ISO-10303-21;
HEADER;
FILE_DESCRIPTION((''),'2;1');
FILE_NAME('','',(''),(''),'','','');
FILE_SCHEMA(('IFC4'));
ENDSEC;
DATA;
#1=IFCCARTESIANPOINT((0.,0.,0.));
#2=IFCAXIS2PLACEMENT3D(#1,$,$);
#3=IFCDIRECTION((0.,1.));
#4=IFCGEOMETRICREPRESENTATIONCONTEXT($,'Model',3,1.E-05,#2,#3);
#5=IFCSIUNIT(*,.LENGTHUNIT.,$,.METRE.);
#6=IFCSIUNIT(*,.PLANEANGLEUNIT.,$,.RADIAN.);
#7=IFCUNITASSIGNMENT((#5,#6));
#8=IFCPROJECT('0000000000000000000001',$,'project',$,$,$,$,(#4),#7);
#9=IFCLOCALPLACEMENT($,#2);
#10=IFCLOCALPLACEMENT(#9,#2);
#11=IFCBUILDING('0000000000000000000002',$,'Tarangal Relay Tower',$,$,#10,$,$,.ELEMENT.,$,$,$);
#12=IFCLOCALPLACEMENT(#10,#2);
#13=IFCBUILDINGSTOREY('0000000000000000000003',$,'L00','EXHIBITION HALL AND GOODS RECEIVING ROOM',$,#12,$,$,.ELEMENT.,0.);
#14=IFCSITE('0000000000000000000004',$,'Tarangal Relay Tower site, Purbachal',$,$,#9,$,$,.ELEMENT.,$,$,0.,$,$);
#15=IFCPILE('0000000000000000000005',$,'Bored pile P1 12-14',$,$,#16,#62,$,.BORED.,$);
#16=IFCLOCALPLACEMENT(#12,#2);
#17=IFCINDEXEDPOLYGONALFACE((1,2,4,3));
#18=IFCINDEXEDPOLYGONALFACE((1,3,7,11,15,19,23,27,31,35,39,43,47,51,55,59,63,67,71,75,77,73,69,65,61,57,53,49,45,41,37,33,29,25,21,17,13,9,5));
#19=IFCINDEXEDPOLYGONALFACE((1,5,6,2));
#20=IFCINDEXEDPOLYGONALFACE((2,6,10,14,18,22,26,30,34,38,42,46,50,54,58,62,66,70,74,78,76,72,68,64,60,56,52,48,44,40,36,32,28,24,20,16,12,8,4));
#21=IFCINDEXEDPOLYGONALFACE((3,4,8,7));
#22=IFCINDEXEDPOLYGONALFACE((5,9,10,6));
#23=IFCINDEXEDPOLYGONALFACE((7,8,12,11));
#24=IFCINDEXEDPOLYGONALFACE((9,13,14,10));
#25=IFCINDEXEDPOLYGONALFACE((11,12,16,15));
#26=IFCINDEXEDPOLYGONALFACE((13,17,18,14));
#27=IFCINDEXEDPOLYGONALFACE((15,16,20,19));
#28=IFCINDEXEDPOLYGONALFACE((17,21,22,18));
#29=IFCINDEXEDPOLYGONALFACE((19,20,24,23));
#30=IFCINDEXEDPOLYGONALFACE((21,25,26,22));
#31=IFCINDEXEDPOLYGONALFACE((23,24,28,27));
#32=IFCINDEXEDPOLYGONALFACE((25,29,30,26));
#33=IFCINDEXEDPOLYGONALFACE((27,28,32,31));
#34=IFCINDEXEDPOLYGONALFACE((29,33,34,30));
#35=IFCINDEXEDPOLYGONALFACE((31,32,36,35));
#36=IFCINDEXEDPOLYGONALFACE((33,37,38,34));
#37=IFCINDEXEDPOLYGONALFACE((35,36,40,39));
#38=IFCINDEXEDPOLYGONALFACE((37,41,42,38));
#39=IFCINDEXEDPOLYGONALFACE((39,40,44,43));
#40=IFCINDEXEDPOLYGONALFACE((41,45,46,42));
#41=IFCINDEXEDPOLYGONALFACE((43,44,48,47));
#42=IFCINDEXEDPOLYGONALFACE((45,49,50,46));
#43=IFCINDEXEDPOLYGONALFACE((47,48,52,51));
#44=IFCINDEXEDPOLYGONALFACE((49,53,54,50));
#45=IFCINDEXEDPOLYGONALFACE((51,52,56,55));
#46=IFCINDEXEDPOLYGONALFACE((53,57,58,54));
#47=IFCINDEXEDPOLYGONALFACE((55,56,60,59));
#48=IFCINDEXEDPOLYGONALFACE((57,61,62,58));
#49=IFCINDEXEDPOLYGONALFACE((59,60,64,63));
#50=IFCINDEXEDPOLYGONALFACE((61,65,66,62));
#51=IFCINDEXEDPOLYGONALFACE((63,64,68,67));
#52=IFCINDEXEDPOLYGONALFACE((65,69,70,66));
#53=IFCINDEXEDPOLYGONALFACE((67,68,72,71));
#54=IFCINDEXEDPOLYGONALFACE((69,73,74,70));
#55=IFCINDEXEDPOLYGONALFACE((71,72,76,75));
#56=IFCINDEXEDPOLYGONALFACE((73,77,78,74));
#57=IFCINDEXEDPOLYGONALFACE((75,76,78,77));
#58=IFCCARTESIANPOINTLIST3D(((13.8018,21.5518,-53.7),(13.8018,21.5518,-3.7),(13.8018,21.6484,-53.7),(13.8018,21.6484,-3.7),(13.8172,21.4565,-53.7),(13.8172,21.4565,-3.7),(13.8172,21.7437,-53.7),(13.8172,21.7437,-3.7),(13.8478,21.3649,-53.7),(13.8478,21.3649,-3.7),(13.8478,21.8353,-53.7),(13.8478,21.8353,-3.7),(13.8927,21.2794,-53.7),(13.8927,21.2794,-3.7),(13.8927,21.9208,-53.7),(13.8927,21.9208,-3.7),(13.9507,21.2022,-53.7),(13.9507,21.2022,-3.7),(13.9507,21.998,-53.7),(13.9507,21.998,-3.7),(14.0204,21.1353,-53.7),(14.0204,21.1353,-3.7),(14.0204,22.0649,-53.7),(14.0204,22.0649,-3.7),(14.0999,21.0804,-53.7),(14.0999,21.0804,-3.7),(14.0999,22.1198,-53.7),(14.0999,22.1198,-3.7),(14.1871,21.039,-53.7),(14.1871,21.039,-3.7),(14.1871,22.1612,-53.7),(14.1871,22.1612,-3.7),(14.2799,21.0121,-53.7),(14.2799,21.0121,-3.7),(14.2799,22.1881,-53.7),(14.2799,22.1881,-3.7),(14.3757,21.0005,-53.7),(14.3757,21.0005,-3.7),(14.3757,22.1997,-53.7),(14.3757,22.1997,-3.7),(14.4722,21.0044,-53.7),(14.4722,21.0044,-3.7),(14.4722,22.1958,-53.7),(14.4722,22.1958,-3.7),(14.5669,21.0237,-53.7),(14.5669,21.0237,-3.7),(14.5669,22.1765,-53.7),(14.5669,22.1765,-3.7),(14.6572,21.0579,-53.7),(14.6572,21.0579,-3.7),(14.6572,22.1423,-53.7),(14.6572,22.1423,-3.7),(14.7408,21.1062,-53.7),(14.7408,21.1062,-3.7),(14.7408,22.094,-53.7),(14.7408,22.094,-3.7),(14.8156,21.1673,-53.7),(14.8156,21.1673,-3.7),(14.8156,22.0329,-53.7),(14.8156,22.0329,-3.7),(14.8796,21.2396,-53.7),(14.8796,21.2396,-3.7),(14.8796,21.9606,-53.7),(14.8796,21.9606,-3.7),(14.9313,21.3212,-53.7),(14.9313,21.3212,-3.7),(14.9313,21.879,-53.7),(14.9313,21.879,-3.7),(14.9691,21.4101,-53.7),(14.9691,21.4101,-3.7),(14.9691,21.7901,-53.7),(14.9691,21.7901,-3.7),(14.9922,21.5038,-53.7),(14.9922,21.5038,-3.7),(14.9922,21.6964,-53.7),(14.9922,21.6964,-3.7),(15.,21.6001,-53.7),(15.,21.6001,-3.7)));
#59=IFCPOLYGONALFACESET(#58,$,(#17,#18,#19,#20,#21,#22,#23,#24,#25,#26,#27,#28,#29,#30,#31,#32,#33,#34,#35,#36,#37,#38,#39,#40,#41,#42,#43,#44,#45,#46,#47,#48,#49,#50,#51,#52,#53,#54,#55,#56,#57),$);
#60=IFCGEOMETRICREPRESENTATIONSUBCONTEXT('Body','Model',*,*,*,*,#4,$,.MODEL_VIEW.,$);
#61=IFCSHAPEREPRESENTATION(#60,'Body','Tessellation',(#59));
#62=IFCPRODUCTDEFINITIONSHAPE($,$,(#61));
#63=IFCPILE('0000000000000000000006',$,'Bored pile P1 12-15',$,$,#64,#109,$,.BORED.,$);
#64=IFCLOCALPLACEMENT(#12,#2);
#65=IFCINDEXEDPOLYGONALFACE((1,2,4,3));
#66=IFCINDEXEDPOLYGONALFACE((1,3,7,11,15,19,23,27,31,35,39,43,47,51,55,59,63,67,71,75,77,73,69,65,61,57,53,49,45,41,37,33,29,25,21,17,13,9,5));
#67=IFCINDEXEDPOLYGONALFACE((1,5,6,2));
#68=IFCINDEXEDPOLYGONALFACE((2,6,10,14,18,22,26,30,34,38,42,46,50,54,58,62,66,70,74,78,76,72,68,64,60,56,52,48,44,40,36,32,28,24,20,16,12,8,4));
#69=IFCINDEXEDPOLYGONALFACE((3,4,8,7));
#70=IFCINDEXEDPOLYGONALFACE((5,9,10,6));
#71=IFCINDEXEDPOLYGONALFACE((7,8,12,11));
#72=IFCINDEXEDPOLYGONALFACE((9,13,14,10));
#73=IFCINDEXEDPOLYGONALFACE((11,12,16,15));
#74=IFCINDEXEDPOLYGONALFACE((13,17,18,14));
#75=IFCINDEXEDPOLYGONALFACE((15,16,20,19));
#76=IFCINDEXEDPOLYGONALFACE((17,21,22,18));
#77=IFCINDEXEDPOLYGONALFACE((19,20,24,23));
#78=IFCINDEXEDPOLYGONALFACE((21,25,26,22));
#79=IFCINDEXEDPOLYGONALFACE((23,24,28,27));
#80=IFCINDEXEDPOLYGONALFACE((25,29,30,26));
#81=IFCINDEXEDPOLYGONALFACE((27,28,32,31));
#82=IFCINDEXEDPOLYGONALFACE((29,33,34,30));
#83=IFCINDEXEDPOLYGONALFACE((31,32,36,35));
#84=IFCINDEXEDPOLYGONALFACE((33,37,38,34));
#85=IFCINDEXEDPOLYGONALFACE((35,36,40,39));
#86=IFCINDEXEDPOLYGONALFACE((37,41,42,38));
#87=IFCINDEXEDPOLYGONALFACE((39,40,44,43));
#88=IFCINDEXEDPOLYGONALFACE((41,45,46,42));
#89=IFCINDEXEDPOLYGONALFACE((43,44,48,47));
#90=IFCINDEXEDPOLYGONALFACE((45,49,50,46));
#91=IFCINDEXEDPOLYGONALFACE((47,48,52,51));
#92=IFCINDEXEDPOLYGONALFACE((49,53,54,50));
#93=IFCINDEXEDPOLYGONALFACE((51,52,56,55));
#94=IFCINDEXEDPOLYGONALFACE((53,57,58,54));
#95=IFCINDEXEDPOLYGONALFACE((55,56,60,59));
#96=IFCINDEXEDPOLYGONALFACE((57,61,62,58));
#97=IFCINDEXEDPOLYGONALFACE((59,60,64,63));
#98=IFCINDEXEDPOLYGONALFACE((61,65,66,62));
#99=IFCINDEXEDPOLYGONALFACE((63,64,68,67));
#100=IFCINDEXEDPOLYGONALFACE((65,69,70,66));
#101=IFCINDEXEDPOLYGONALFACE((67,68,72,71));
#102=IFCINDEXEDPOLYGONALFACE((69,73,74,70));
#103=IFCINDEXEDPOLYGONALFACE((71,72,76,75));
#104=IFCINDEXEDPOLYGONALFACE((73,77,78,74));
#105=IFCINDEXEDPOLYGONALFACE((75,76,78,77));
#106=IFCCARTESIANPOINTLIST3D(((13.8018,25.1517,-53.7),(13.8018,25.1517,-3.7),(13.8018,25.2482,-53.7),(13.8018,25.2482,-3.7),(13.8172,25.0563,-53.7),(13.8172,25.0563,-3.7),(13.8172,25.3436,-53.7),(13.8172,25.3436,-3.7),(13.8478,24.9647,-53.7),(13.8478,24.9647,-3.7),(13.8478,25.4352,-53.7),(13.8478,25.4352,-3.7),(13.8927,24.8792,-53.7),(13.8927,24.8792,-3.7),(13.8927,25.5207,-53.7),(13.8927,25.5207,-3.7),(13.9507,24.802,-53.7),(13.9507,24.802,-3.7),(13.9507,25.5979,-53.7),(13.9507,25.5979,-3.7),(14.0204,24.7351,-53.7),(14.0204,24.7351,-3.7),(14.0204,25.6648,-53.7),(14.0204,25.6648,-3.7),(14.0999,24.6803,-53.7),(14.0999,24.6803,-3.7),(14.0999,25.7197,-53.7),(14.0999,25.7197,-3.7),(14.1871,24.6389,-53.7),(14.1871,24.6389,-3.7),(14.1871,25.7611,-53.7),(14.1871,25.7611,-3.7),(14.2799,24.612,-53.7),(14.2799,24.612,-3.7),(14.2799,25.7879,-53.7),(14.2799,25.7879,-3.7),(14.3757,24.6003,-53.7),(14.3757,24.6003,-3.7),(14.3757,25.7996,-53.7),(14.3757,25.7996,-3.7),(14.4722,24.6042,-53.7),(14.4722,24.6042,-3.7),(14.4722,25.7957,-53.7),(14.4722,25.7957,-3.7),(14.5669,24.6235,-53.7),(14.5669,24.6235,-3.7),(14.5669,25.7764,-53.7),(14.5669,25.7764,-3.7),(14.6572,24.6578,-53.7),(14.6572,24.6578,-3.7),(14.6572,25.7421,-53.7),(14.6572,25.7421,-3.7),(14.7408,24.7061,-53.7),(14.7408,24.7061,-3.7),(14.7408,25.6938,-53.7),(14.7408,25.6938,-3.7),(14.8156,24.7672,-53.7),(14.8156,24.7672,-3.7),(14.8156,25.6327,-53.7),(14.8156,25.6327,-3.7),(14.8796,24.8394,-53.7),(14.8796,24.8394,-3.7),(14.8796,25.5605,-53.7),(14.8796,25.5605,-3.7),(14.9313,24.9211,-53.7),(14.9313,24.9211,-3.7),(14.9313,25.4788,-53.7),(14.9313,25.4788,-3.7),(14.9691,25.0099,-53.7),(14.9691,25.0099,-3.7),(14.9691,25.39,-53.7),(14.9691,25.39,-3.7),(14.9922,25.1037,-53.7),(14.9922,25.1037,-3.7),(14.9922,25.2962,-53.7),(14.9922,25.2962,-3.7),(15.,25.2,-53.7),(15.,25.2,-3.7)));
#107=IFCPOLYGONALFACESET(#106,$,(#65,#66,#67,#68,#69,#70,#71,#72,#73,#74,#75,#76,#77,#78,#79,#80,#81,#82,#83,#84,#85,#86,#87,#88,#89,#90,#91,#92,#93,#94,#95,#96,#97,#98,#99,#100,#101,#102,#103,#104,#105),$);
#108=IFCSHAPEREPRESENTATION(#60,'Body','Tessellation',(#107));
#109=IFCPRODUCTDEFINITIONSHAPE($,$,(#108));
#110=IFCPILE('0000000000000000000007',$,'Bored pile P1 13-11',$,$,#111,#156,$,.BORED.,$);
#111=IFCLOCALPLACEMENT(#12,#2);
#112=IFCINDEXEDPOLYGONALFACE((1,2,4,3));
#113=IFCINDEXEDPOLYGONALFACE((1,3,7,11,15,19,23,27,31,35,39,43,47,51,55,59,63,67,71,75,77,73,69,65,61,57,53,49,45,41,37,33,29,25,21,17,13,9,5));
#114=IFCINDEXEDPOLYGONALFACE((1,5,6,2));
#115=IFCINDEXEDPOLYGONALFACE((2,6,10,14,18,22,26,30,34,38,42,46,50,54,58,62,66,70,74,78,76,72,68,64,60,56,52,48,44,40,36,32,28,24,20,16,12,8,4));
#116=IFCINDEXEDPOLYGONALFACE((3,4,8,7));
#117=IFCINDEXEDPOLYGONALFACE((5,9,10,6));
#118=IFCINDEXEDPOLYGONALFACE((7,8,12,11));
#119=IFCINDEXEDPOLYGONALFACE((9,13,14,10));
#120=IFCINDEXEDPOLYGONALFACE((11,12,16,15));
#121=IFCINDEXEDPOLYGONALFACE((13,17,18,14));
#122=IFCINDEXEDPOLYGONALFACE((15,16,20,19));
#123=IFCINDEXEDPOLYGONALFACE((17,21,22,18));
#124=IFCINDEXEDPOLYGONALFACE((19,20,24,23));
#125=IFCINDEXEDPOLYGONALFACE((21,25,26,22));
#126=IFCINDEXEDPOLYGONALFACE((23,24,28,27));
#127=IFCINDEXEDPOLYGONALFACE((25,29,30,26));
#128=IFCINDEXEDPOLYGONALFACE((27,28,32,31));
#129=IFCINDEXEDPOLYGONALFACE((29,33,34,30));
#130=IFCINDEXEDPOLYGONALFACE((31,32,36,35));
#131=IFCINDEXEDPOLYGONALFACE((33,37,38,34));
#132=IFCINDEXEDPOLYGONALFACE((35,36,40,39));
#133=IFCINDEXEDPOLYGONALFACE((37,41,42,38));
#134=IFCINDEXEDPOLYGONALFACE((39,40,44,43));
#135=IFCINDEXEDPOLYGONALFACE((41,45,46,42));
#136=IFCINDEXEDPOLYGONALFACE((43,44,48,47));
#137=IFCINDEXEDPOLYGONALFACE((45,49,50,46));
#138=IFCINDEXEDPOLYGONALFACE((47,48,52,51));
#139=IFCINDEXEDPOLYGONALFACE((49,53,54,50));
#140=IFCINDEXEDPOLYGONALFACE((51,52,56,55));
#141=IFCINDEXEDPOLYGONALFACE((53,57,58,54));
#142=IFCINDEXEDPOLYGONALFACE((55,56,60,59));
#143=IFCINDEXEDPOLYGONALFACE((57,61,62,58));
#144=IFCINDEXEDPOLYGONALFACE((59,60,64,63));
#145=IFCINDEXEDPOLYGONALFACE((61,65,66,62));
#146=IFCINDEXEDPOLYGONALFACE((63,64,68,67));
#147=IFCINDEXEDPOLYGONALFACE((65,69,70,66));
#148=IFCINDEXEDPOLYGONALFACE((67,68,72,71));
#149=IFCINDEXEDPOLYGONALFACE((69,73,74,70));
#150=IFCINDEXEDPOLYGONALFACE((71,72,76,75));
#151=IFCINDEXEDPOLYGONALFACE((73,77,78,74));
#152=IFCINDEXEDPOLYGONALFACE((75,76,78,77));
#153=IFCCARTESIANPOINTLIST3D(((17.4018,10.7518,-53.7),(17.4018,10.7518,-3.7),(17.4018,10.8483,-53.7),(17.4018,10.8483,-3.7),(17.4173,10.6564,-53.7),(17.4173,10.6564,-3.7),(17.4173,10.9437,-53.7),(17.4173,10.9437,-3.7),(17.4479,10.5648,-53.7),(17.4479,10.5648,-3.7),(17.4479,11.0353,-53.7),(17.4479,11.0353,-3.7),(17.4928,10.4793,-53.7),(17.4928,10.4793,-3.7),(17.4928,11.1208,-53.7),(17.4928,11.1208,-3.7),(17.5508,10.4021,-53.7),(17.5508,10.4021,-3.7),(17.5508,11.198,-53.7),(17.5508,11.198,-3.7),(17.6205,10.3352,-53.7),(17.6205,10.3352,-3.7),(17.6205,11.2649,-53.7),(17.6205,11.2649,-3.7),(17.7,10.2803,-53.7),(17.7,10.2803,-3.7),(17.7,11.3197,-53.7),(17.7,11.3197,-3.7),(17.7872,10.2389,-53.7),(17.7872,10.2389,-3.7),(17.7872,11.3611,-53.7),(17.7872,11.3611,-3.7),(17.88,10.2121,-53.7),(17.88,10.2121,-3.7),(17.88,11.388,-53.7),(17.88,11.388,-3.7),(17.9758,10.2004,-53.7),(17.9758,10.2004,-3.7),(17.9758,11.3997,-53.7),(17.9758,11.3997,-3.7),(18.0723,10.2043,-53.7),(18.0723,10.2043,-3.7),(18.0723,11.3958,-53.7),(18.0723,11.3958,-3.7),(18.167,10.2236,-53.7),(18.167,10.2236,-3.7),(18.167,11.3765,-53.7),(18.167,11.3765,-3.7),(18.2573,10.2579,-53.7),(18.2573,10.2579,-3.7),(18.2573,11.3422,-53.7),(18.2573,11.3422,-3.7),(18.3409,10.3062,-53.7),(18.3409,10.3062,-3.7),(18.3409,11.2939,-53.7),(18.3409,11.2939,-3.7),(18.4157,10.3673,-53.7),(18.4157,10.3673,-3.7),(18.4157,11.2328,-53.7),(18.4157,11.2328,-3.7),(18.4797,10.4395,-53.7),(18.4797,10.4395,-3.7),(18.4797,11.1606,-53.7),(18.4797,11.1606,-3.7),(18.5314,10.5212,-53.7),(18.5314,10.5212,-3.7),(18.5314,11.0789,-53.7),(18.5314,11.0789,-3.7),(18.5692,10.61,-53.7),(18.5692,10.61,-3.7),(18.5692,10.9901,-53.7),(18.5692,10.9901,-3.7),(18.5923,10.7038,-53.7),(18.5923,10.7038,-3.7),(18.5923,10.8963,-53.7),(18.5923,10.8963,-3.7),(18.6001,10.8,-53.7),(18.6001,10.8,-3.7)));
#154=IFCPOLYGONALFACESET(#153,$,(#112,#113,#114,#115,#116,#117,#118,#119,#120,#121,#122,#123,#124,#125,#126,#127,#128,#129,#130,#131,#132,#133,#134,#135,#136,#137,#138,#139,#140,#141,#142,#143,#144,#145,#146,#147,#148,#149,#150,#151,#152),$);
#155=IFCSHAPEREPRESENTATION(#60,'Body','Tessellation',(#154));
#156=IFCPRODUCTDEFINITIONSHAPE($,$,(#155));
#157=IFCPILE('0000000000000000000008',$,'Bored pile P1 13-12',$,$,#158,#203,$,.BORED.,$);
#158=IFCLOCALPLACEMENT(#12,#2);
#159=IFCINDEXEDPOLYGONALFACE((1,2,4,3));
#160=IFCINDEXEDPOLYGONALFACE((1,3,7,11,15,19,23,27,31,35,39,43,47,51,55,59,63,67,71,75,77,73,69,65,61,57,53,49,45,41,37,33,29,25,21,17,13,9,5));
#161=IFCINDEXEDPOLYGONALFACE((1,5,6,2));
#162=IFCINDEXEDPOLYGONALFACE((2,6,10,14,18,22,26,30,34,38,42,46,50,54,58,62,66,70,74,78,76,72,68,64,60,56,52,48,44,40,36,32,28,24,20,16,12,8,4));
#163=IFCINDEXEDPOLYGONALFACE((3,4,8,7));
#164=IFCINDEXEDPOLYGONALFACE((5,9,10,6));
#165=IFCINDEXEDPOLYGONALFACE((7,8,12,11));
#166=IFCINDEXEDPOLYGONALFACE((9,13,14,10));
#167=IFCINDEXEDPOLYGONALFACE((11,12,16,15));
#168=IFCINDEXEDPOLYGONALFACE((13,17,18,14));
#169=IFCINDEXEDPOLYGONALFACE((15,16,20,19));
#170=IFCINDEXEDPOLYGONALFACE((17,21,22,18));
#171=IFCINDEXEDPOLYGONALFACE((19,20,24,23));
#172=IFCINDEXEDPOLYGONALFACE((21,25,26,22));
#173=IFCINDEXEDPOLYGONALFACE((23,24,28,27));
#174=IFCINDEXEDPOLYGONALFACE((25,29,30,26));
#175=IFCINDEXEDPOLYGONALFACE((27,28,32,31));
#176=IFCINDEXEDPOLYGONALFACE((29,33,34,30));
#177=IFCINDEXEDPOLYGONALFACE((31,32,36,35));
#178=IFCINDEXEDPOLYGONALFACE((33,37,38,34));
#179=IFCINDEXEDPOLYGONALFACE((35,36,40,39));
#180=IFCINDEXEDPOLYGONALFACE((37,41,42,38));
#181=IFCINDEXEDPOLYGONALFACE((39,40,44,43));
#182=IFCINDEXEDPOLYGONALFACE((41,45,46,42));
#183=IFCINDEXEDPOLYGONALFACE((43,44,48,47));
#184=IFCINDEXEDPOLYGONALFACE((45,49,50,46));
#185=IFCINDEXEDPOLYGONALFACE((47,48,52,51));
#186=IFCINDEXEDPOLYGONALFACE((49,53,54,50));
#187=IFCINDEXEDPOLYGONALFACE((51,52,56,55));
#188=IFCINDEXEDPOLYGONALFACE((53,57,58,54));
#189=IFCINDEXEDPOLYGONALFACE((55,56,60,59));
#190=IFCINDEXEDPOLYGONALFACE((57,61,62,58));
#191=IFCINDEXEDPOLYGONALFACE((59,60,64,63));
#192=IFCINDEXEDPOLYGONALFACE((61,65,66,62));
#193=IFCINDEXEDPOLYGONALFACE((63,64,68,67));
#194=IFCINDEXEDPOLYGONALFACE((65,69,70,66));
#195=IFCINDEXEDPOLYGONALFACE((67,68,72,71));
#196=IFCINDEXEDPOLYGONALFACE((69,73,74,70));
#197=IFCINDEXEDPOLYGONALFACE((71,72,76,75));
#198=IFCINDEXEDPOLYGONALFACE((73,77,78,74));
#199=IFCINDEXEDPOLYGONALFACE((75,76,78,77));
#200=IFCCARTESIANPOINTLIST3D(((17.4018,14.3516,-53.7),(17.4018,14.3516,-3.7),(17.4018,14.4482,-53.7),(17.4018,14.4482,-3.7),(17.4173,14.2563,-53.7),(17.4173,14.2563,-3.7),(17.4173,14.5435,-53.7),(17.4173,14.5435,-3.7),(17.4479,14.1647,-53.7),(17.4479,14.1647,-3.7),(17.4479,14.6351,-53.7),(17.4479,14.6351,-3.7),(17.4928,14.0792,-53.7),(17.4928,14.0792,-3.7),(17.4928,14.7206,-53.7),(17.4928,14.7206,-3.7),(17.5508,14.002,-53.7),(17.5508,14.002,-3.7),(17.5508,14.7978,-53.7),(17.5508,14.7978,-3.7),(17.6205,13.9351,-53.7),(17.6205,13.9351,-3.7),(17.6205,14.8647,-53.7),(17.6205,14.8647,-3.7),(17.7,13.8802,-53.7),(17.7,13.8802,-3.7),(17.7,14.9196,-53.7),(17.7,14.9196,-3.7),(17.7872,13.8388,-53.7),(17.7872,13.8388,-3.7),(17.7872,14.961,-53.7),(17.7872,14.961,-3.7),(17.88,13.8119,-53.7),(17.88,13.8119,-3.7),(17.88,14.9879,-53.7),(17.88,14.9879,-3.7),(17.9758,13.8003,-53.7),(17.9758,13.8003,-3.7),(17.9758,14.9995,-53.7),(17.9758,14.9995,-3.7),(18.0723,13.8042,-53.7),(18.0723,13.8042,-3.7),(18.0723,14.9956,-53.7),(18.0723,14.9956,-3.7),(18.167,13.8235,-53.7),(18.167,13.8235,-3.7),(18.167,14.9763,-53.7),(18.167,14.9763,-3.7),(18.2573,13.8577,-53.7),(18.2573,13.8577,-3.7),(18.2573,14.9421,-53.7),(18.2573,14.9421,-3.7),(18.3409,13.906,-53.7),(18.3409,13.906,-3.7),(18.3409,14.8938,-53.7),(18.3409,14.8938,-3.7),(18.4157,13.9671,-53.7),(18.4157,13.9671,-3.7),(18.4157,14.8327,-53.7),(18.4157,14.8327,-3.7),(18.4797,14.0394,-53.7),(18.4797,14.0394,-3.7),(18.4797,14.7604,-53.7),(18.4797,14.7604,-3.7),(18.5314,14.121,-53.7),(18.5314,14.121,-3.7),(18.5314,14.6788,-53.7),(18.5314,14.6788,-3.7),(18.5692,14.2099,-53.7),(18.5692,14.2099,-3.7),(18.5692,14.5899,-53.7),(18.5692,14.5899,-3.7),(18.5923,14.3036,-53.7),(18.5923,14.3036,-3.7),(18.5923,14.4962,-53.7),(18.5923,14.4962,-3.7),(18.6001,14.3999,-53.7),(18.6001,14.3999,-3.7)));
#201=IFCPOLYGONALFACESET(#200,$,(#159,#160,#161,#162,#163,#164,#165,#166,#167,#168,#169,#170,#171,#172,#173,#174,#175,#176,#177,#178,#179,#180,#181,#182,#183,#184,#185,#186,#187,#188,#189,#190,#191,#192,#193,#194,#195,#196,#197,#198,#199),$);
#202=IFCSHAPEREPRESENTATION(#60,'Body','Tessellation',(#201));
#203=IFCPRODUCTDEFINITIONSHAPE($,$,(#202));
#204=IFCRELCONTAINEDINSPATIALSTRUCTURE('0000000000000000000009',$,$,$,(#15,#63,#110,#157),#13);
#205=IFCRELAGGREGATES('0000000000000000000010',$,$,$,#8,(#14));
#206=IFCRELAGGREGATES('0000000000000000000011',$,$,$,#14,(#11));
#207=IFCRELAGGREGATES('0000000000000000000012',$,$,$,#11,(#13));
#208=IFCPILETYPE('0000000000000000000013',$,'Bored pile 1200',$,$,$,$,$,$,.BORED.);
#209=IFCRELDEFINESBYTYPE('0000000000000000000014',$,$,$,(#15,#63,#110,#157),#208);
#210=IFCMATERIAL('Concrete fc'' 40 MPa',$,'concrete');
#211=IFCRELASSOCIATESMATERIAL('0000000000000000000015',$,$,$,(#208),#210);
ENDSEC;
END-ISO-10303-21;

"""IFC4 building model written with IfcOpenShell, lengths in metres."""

from ifc_helpers import new_model, si_unit, direction, frame, origin, origin_2d, place, context, subcontext, project, spatial, circle, extrude, material, material_profile, profile_set, type_object, element, save


model = new_model("IFC4")

# Units and contexts
model_context = context("Model", 3, precision=1e-05, world=origin(), true_north=direction((0.0, 1.0)))
body_context = subcontext(model_context, "Body", "Model", "MODEL_VIEW")
ifc_project = project(units=[si_unit("LENGTHUNIT", "METRE"), si_unit("PLANEANGLEUNIT", "RADIAN")], contexts=[model_context])

# Site, building, storey
site_placement = place(None, origin())
site = spatial("IfcSite", under=ifc_project, at=site_placement, Name="Tarangal Relay Tower site, Purbachal", CompositionType="ELEMENT", RefElevation=0.0)
building_placement = place(site_placement, origin())
building = spatial("IfcBuilding", under=site, at=building_placement, Name="Tarangal Relay Tower", CompositionType="ELEMENT")
storey_placement = place(building_placement, origin())
storey = spatial("IfcBuildingStorey", under=building, at=storey_placement, Name="L00", Description="EXHIBITION HALL AND GOODS RECEIVING ROOM", CompositionType="ELEMENT", Elevation=0.0)

# Piles
ifc_material_1 = material(Name="Concrete fc' 40 MPa", Category="concrete")
ifc_material_profile = material_profile(ifc_material_1, circle(Radius=0.6001, at=origin_2d()), Name="D1200")
ifc_profile_set = profile_set([ifc_material_profile], Name="Concrete fc' 40 MPa")
pile_type = type_object("IfcPileType", Name="Bored pile 1200", PredefinedType="BORED", material=ifc_profile_set)
for number, where, z_axis, x_axis, name in (
    (1, (14.3999, 21.6001, -3.7), (0.0, 0.0, -1.0), (1.0, 0.0, 0.0), "Bored pile P1 12-14"),
    (2, (14.3999, 25.2, -3.7), (0.0, 0.0, -1.0), (1.0, 0.0, 0.0), "Bored pile P1 12-15"),
    (3, (18.0, 10.8, -3.7), (0.0, 0.0, -1.0), (1.0, 0.0, 0.0), "Bored pile P1 13-11"),
    (4, (18.0, 14.3999, -3.7), (0.0, 0.0, -1.0), (1.0, 0.0, 0.0), "Bored pile P1 13-12"),
):
    element("IfcPile", number, at=place(storey_placement, frame(where, z_axis=z_axis, x_axis=x_axis)), inside=storey, type_object=pile_type, Name=name, PredefinedType="BORED", context=body_context, shape_type="SweptSolid", body=[
        extrude(circle(Radius=0.6001, at=origin_2d()), origin(), (0.0, 0.0, 1.0), 50.0),
    ])

save(model, "model.ifc")
